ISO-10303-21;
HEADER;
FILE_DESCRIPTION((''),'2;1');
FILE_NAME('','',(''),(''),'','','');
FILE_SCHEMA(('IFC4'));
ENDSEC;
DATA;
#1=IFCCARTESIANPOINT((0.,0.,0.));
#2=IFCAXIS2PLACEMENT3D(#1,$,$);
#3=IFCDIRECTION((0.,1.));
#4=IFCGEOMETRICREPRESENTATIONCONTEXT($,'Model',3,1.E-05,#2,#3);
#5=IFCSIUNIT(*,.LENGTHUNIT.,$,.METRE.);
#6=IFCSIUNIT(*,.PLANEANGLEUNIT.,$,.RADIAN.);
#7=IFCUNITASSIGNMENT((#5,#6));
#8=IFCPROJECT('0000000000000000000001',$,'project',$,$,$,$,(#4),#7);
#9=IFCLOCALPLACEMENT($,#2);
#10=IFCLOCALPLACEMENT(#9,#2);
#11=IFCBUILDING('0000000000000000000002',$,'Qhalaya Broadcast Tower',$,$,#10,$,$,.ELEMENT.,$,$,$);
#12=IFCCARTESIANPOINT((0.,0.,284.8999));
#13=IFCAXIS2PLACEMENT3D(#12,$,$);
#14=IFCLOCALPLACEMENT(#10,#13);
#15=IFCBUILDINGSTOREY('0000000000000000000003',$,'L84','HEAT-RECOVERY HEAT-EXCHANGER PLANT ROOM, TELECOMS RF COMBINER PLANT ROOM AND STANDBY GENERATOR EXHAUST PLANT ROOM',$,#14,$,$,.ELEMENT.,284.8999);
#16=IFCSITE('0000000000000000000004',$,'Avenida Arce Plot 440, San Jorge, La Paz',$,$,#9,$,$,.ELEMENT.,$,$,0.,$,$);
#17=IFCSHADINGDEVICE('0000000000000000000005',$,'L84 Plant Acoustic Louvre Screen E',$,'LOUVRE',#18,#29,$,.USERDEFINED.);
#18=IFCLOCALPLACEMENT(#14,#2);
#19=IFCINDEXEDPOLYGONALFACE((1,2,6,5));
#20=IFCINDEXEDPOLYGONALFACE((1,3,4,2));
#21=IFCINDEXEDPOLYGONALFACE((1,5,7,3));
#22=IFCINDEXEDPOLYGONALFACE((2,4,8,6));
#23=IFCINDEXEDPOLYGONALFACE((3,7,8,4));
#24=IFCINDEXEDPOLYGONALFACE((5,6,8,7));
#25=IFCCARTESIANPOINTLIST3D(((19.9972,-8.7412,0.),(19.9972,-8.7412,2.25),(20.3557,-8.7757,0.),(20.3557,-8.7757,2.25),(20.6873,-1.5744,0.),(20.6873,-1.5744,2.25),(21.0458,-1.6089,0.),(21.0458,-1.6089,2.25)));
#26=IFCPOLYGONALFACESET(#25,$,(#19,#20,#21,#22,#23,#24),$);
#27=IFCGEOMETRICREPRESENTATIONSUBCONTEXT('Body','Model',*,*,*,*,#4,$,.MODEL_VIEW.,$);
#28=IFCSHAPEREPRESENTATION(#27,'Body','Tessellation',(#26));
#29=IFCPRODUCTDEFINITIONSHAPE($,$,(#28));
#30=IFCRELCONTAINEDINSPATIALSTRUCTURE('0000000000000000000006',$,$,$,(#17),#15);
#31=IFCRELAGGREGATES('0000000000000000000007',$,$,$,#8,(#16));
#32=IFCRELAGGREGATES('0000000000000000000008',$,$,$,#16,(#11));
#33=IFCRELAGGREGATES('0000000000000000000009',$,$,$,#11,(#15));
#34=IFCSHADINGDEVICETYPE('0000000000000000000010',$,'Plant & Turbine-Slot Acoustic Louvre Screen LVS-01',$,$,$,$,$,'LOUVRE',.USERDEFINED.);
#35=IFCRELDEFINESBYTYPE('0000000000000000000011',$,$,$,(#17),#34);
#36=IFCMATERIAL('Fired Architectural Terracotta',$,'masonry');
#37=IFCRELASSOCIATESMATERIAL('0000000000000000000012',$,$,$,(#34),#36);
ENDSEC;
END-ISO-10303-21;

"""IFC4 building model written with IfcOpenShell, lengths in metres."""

from ifc_helpers import new_model, si_unit, direction, frame, origin, origin_2d, place, context, subcontext, project, spatial, rectangle, extrude, material, type_object, element, save


model = new_model("IFC4")

# Units and contexts
model_context = context("Model", 3, precision=1e-05, world=origin(), true_north=direction((0.0, 1.0)))
body_context = subcontext(model_context, "Body", "Model", "MODEL_VIEW")
ifc_project = project(units=[si_unit("LENGTHUNIT", "METRE"), si_unit("PLANEANGLEUNIT", "RADIAN")], contexts=[model_context])

# Site, building, storey
site_placement = place(None, origin())
site = spatial("IfcSite", under=ifc_project, at=site_placement, Name="Avenida Arce Plot 440, San Jorge, La Paz", CompositionType="ELEMENT", RefElevation=0.0)
building_placement = place(site_placement, origin())
building = spatial("IfcBuilding", under=site, at=building_placement, Name="Qhalaya Broadcast Tower", CompositionType="ELEMENT")
storey_placement = place(building_placement, frame((0.0, 0.0, 284.8999)))
storey = spatial("IfcBuildingStorey", under=building, at=storey_placement, Name="L84", Description="HEAT-RECOVERY HEAT-EXCHANGER PLANT ROOM, TELECOMS RF COMBINER PLANT ROOM AND STANDBY GENERATOR EXHAUST PLANT ROOM", CompositionType="ELEMENT", Elevation=284.8999)

# Shading device
ifc_material_1 = material(Name="Fired Architectural Terracotta", Category="masonry")
shading_device_type = type_object("IfcShadingDeviceType", Name="Plant & Turbine-Slot Acoustic Louvre Screen LVS-01", ElementType="LOUVRE", PredefinedType="USERDEFINED", material=ifc_material_1)
shading_device_placement = place(storey_placement, frame((20.5215, -5.175, 0.0), z_axis=(0.0, 0.0, 1.0), x_axis=(-0.095846, -0.995396, 0.0)))
element("IfcShadingDevice", 1, at=shading_device_placement, inside=storey, type_object=shading_device_type, Name="L84 Plant Acoustic Louvre Screen E", ObjectType="LOUVRE", PredefinedType="USERDEFINED", context=body_context, shape_type="SweptSolid", body=[
    extrude(rectangle(XDim=7.2, YDim=0.3601, at=origin_2d()), origin(), (0.0, 0.0, 1.0), 2.25),
])

save(model, "model.ifc")
